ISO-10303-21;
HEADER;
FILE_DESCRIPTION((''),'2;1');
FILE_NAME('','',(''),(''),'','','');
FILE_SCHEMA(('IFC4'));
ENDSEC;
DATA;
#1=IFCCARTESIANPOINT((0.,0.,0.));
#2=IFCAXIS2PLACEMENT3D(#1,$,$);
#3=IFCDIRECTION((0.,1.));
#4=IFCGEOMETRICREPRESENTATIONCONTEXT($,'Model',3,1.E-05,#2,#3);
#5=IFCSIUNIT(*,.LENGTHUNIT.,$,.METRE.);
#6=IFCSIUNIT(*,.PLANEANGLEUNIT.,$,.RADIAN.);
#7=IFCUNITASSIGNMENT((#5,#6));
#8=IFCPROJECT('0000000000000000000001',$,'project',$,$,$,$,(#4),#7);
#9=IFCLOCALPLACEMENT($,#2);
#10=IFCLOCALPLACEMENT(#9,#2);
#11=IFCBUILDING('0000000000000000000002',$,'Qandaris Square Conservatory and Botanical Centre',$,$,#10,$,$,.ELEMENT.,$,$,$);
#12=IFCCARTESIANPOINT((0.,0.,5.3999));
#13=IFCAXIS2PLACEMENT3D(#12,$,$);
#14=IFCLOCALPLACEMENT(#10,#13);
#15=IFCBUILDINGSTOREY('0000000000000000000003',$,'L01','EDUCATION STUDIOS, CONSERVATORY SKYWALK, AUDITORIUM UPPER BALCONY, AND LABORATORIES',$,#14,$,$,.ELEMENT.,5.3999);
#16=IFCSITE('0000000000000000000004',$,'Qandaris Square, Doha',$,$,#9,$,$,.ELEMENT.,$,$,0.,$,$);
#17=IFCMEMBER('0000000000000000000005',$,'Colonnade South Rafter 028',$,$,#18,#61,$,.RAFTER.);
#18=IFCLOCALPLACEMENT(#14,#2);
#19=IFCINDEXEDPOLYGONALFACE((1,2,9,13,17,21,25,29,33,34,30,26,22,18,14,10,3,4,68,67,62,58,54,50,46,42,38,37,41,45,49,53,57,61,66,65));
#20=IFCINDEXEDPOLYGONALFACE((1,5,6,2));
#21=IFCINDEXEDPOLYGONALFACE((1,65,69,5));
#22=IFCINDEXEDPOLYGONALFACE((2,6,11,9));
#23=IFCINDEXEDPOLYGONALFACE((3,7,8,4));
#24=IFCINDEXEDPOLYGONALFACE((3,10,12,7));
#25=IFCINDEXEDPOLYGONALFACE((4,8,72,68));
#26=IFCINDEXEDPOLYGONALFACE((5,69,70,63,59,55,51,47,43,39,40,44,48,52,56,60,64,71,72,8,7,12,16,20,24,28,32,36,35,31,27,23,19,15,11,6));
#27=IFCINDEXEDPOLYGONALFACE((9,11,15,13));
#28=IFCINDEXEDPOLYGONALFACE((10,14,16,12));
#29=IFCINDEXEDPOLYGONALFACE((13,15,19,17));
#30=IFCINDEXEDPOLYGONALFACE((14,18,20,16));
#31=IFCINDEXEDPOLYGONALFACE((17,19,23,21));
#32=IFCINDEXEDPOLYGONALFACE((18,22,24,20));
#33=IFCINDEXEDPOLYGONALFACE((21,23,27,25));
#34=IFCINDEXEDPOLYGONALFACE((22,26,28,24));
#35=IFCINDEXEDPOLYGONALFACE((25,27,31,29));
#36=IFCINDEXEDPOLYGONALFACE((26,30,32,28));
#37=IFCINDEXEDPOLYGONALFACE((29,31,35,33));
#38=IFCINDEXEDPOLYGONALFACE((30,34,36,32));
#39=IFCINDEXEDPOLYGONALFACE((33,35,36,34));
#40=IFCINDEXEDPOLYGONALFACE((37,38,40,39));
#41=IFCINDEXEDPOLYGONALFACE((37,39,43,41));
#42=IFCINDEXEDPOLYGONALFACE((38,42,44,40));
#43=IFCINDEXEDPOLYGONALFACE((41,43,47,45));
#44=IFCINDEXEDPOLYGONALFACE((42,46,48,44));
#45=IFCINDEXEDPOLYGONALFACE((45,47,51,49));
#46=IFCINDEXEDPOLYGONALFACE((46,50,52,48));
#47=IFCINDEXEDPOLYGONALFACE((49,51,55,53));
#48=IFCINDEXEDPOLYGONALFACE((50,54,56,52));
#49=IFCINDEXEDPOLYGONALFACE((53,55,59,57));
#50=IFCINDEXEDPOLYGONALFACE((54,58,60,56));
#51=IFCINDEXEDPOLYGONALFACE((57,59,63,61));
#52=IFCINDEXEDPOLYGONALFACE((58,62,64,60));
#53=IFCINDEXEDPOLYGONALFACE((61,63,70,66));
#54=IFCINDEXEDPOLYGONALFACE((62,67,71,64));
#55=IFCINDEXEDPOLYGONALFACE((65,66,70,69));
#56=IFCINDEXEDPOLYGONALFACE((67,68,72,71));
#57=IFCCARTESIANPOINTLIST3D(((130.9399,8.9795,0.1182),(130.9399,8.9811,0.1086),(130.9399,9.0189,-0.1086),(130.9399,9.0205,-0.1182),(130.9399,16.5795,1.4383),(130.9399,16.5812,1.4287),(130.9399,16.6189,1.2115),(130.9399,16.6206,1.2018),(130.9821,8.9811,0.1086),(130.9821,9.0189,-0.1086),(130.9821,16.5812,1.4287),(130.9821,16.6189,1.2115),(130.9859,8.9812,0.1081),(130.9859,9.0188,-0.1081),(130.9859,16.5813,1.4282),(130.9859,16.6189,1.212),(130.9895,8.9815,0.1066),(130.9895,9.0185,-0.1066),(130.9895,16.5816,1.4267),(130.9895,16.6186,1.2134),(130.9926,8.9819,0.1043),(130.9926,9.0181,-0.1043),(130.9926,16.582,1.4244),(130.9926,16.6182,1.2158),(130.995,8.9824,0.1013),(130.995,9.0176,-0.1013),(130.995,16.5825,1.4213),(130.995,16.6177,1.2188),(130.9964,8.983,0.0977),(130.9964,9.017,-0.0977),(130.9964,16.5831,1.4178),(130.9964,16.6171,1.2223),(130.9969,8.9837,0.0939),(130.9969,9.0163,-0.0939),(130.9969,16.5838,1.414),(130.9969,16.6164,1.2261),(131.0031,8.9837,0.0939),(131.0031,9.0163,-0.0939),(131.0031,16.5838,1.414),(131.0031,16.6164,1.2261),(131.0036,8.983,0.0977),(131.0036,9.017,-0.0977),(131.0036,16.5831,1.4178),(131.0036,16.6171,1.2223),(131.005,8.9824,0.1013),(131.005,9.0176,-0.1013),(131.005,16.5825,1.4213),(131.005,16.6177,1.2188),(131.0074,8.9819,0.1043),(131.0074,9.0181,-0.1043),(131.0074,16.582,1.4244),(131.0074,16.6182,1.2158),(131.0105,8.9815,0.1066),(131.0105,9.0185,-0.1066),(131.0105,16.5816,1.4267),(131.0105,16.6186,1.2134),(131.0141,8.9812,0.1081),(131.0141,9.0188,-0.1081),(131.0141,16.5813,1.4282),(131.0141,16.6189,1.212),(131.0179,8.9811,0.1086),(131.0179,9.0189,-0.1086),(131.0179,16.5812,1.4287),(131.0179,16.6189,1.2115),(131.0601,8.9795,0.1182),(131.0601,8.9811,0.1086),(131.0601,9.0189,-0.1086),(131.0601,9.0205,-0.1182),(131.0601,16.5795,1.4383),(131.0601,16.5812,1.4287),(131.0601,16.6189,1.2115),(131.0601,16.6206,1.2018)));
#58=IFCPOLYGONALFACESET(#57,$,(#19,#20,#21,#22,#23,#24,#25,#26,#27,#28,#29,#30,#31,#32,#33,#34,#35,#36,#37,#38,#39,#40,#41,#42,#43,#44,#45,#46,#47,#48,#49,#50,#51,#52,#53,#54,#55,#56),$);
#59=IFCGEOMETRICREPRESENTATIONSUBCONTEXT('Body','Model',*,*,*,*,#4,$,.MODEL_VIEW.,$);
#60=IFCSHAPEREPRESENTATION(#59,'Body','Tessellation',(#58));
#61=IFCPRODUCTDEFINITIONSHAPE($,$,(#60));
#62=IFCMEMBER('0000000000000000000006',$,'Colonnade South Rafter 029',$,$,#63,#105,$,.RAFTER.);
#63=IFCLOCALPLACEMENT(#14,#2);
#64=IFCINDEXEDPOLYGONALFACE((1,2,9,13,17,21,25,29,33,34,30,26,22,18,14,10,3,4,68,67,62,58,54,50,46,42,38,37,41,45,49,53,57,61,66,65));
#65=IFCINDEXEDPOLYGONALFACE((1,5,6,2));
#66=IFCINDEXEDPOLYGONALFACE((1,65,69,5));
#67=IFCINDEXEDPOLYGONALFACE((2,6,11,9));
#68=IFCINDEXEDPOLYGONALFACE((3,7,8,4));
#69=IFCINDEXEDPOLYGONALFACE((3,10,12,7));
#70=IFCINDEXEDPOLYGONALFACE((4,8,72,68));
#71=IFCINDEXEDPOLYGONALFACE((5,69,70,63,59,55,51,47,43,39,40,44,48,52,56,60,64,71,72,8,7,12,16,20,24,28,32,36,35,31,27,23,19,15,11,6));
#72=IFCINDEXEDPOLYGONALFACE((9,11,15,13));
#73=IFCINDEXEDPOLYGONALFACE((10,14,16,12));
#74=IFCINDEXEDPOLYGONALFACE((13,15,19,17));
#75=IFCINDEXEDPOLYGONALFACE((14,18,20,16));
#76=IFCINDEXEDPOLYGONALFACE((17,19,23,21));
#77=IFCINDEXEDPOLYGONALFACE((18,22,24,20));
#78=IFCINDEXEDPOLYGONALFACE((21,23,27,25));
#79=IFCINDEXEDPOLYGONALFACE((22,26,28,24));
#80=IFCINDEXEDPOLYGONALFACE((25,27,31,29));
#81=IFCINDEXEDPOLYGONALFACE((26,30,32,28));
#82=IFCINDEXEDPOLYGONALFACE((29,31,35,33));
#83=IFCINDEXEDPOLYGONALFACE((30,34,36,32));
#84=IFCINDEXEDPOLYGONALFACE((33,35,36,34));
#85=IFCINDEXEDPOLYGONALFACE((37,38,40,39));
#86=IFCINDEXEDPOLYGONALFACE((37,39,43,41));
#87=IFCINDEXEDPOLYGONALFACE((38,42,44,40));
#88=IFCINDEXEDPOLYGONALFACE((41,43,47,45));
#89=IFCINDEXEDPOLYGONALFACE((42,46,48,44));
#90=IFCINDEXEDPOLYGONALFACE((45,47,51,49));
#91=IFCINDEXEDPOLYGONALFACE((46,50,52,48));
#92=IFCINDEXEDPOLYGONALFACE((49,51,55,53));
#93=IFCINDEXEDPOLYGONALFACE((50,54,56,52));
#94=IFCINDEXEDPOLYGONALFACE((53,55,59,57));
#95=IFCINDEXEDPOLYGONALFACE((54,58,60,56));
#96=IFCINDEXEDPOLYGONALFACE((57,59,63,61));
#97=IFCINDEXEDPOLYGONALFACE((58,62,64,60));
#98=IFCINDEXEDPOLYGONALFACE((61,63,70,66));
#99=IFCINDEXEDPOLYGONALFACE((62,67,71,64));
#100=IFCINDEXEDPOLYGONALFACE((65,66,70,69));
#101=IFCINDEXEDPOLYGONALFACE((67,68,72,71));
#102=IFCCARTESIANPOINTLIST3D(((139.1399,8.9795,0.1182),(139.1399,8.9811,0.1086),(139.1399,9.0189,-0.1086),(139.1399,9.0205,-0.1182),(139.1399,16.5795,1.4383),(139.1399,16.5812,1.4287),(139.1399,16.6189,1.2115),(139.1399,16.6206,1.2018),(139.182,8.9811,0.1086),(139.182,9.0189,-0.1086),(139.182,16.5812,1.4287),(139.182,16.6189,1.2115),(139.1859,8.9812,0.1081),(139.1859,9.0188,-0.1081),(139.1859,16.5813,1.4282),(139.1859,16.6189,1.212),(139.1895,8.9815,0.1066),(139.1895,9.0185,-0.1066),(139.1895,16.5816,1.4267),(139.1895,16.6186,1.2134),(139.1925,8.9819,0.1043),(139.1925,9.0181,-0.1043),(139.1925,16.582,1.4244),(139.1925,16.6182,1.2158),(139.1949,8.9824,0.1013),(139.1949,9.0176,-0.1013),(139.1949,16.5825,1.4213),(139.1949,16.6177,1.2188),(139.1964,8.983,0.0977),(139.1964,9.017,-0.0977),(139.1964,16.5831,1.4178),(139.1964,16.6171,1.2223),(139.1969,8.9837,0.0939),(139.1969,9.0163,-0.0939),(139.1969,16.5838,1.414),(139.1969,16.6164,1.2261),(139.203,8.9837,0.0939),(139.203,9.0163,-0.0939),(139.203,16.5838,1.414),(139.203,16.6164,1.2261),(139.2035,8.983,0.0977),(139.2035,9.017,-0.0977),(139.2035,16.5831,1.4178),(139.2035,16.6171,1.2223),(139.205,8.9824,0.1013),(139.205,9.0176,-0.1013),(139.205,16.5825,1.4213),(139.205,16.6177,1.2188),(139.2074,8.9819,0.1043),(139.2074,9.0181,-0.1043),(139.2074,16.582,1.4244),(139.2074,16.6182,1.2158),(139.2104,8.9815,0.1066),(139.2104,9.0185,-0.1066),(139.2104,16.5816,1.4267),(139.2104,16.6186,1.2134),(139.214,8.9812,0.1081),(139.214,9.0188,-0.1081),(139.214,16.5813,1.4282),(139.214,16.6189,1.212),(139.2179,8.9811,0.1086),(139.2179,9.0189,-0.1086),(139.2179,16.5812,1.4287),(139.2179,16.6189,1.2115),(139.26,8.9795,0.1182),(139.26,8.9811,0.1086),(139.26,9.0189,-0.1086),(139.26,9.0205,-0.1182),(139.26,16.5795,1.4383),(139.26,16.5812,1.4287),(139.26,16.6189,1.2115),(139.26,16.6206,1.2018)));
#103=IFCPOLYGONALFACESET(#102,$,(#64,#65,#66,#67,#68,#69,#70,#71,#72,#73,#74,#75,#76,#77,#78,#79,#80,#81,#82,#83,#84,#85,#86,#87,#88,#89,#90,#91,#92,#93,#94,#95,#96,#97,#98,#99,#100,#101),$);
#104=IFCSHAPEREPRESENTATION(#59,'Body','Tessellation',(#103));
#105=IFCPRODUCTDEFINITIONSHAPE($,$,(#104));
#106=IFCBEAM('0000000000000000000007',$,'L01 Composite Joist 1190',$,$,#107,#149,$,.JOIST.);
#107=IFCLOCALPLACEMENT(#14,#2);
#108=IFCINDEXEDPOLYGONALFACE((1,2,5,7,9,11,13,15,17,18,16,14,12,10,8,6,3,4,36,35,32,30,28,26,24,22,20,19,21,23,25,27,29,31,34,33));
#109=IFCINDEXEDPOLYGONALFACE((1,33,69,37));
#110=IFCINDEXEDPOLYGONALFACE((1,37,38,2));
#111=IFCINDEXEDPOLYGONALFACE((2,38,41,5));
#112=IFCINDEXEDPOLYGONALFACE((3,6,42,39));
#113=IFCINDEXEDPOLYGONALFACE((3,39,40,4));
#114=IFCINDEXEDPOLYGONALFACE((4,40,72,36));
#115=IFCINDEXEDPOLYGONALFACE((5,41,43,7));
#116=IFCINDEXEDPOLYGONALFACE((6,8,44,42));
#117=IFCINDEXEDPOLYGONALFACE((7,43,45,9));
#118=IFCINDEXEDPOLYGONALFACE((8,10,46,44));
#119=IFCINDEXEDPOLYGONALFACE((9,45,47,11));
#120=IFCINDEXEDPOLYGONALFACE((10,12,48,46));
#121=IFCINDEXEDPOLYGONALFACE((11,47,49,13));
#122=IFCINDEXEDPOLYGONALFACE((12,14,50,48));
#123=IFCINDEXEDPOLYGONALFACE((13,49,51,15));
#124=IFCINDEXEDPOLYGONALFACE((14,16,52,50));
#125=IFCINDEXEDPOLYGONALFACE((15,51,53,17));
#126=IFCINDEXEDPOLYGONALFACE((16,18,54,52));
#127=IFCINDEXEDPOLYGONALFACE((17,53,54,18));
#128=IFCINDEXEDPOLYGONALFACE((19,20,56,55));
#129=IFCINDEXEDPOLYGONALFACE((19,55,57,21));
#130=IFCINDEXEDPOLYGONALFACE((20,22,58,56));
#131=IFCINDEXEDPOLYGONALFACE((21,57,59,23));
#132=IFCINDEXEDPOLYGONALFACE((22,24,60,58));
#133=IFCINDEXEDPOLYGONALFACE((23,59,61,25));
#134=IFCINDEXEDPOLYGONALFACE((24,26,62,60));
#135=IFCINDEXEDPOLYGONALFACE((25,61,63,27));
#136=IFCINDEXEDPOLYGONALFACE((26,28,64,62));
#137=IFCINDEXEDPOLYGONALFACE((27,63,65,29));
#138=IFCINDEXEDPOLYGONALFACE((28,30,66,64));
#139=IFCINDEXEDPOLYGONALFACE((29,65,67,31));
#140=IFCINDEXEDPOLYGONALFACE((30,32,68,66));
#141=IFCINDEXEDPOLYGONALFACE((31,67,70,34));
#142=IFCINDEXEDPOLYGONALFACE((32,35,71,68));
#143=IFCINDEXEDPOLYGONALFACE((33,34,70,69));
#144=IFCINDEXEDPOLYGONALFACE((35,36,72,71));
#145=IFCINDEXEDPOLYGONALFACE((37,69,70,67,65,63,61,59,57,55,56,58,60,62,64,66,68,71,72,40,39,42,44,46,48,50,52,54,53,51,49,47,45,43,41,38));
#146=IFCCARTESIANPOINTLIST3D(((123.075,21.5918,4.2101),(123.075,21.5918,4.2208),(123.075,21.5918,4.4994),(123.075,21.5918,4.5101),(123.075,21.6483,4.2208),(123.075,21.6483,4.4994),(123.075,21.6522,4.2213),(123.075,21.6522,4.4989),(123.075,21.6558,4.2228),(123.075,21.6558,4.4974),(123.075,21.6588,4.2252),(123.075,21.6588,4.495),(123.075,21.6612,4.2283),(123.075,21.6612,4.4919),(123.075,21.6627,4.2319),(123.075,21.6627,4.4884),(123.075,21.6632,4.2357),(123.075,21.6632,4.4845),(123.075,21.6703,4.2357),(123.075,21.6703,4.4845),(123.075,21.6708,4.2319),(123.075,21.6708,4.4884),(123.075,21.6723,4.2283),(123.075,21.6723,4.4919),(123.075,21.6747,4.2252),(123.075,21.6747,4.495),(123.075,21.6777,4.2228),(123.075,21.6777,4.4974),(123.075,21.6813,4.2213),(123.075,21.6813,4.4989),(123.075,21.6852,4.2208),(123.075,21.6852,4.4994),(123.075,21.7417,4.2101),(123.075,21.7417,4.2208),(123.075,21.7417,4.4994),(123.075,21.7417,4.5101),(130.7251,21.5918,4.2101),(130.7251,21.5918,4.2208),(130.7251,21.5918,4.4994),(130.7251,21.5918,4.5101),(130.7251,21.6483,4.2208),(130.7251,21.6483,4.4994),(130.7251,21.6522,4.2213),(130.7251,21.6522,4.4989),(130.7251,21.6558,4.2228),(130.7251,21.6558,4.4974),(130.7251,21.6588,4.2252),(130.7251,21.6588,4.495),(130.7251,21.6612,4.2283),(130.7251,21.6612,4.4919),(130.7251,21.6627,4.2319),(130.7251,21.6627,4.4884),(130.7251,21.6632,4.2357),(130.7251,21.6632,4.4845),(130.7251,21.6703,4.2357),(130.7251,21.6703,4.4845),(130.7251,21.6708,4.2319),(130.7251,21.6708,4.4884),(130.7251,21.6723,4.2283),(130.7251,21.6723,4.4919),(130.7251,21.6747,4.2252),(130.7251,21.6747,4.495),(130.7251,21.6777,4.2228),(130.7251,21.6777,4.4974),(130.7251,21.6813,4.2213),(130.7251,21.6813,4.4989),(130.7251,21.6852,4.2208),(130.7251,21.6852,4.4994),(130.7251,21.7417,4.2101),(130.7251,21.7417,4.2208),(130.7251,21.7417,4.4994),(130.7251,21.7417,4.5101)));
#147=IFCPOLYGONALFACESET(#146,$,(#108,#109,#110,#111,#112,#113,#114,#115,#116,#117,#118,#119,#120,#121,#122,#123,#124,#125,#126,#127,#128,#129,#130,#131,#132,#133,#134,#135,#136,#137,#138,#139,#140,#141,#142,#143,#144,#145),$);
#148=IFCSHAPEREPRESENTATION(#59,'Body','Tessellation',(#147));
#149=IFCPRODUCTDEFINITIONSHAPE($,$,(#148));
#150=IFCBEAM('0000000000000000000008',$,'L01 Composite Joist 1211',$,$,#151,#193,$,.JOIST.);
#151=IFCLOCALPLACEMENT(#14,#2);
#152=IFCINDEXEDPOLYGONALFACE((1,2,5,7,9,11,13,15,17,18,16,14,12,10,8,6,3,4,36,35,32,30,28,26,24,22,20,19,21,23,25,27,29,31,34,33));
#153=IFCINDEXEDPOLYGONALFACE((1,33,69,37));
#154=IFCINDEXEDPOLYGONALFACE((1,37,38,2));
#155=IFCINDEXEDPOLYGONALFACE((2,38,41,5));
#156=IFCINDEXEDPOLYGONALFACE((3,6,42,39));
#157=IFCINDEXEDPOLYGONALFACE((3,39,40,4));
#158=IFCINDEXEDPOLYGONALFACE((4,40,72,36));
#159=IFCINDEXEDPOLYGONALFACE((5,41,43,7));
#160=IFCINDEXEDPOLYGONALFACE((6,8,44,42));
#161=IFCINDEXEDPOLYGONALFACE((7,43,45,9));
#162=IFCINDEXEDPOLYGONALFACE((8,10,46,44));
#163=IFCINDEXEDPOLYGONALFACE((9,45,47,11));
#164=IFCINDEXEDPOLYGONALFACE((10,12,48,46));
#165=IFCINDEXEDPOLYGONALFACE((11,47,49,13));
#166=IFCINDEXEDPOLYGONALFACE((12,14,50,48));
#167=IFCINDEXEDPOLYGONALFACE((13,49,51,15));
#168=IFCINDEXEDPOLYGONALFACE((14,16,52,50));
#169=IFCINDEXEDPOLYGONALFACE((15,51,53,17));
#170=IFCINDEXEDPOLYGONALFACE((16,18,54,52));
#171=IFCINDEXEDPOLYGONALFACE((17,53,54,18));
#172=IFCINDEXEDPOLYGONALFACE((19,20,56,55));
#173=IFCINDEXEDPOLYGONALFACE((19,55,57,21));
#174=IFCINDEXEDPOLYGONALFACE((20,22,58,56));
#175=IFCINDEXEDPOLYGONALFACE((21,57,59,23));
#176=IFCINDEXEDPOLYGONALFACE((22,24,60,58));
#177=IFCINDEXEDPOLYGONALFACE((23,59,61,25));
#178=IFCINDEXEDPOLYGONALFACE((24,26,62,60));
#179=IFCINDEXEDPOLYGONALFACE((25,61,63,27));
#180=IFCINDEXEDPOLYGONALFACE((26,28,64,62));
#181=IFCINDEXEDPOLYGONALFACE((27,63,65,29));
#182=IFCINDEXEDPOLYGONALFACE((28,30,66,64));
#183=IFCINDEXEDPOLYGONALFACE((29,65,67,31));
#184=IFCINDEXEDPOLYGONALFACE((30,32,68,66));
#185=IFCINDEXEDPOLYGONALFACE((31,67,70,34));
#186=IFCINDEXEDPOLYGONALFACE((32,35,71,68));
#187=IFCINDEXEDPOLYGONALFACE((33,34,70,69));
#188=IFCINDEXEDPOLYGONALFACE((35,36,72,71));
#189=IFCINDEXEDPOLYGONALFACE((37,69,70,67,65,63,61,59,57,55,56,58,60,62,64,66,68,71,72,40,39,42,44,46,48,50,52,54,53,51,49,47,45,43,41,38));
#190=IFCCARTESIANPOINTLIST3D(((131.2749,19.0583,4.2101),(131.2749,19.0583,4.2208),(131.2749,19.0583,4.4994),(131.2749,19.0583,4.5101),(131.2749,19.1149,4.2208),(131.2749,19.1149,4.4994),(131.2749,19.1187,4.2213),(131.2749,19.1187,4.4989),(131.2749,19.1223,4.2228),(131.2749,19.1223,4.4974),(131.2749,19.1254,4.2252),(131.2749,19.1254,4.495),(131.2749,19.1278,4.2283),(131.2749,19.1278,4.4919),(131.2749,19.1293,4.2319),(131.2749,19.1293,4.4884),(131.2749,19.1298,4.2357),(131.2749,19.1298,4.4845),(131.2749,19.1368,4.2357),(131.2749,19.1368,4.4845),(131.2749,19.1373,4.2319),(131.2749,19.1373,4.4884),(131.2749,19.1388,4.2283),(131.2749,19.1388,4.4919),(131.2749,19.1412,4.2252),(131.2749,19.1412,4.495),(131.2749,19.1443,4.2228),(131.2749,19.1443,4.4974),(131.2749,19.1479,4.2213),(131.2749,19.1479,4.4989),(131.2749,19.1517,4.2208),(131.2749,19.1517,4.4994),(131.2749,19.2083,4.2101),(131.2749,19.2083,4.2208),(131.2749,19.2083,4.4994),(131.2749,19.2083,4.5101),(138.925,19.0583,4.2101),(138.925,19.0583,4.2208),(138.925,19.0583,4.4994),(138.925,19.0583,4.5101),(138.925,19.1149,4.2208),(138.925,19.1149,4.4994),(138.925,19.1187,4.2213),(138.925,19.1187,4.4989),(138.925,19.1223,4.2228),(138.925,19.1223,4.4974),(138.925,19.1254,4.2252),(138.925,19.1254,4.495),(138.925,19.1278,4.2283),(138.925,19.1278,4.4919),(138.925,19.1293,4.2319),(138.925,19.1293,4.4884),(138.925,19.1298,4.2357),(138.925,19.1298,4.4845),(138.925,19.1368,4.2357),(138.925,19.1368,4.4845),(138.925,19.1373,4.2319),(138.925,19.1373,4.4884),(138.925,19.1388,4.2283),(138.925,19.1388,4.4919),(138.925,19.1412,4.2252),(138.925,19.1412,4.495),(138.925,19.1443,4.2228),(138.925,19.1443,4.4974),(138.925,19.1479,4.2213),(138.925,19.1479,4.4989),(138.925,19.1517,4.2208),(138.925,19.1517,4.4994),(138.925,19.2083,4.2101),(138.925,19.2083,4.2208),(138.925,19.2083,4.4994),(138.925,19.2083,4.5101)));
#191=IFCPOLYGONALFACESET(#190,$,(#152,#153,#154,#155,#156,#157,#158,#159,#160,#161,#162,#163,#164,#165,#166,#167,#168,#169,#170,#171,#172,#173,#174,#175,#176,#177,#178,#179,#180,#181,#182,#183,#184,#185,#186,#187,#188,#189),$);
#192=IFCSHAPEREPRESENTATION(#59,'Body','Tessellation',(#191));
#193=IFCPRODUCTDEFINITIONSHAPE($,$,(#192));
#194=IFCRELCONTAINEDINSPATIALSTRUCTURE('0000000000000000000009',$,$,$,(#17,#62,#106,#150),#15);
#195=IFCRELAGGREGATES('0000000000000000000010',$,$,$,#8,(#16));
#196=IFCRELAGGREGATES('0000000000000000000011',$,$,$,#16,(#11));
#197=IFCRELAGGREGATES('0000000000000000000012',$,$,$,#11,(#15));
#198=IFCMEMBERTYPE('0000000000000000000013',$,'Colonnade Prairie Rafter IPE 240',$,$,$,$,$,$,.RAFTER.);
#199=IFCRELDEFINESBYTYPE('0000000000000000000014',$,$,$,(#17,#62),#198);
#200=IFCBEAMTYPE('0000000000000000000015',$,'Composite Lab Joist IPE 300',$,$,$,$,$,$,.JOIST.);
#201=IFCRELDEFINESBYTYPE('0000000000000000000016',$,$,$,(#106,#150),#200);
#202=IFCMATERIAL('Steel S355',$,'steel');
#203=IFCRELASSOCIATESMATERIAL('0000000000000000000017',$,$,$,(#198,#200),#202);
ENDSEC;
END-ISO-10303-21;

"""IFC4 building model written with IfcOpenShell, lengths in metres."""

from ifc_helpers import new_model, si_unit, direction, frame, origin, origin_2d, place, context, subcontext, project, spatial, i_section, extrude, material, material_profile, profile_set, type_object, element, save


model = new_model("IFC4")

# Units and contexts
model_context = context("Model", 3, precision=1e-05, world=origin(), true_north=direction((0.0, 1.0)))
body_context = subcontext(model_context, "Body", "Model", "MODEL_VIEW")
ifc_project = project(units=[si_unit("LENGTHUNIT", "METRE"), si_unit("PLANEANGLEUNIT", "RADIAN")], contexts=[model_context])

# Site, building, storey
site_placement = place(None, origin())
site = spatial("IfcSite", under=ifc_project, at=site_placement, Name="Qandaris Square, Doha", CompositionType="ELEMENT", RefElevation=0.0)
building_placement = place(site_placement, origin())
building = spatial("IfcBuilding", under=site, at=building_placement, Name="Qandaris Square Conservatory and Botanical Centre", CompositionType="ELEMENT")
storey_placement = place(building_placement, frame((0.0, 0.0, 5.3999)))
storey = spatial("IfcBuildingStorey", under=building, at=storey_placement, Name="L01", Description="EDUCATION STUDIOS, CONSERVATORY SKYWALK, AUDITORIUM UPPER BALCONY, AND LABORATORIES", CompositionType="ELEMENT", Elevation=5.3999)

# Members
ifc_material_1 = material(Name="Steel S355", Category="steel")
ifc_material_profile_1 = material_profile(ifc_material_1, i_section(OverallWidth=0.1201, OverallDepth=0.24, WebThickness=0.0061, FlangeThickness=0.0098, FilletRadius=0.0149, at=origin_2d()), Name="IPE 240")
ifc_profile_set_1 = profile_set([ifc_material_profile_1], Name="Steel S355")
member_type = type_object("IfcMemberType", Name="Colonnade Prairie Rafter IPE 240", PredefinedType="RAFTER", material=ifc_profile_set_1)
for number, where, z_axis, x_axis, name in (
    (1, (131.0, 9.0, 0.0), (0.0, 0.985249, 0.171129), (-1.0, 0.0, 0.0), "Colonnade South Rafter 028"),
    (2, (139.2, 9.0, 0.0), (0.0, 0.985249, 0.171129), (-1.0, 0.0, 0.0), "Colonnade South Rafter 029"),
):
    element("IfcMember", number, at=place(storey_placement, frame(where, z_axis=z_axis, x_axis=x_axis)), inside=storey, type_object=member_type, Name=name, PredefinedType="RAFTER", context=body_context, shape_type="SweptSolid", body=[
        extrude(i_section(OverallWidth=0.1201, OverallDepth=0.24, WebThickness=0.0061, FlangeThickness=0.0098, FilletRadius=0.0149, at=origin_2d()), origin(), (0.0, 0.0, 1.0), 7.7139),
    ])

# Beams
ifc_material_profile_2 = material_profile(ifc_material_1, i_section(OverallWidth=0.1499, OverallDepth=0.3, WebThickness=0.0071, FlangeThickness=0.0107, FilletRadius=0.0149, at=origin_2d()), Name="IPE 300")
ifc_profile_set_2 = profile_set([ifc_material_profile_2], Name="Steel S355")
beam_type_1 = type_object("IfcBeamType", Name="Composite Lab Joist IPE 300", PredefinedType="JOIST", material=ifc_profile_set_2)
for number, where, z_axis, x_axis, name in (
    (3, (123.075, 21.6667, 4.3601), (1.0, 0.0, 0.0), (0.0, 1.0, 0.0), "L01 Composite Joist 1190"),
    (4, (131.2749, 19.1333, 4.3601), (1.0, 0.0, 0.0), (0.0, 1.0, 0.0), "L01 Composite Joist 1211"),
):
    element("IfcBeam", number, at=place(storey_placement, frame(where, z_axis=z_axis, x_axis=x_axis)), inside=storey, type_object=beam_type_1, Name=name, PredefinedType="JOIST", context=body_context, shape_type="SweptSolid", body=[
        extrude(i_section(OverallWidth=0.1499, OverallDepth=0.3, WebThickness=0.0071, FlangeThickness=0.0107, FilletRadius=0.0149, at=origin_2d()), origin(), (0.0, 0.0, 1.0), 7.6501),
    ])

save(model, "model.ifc")
